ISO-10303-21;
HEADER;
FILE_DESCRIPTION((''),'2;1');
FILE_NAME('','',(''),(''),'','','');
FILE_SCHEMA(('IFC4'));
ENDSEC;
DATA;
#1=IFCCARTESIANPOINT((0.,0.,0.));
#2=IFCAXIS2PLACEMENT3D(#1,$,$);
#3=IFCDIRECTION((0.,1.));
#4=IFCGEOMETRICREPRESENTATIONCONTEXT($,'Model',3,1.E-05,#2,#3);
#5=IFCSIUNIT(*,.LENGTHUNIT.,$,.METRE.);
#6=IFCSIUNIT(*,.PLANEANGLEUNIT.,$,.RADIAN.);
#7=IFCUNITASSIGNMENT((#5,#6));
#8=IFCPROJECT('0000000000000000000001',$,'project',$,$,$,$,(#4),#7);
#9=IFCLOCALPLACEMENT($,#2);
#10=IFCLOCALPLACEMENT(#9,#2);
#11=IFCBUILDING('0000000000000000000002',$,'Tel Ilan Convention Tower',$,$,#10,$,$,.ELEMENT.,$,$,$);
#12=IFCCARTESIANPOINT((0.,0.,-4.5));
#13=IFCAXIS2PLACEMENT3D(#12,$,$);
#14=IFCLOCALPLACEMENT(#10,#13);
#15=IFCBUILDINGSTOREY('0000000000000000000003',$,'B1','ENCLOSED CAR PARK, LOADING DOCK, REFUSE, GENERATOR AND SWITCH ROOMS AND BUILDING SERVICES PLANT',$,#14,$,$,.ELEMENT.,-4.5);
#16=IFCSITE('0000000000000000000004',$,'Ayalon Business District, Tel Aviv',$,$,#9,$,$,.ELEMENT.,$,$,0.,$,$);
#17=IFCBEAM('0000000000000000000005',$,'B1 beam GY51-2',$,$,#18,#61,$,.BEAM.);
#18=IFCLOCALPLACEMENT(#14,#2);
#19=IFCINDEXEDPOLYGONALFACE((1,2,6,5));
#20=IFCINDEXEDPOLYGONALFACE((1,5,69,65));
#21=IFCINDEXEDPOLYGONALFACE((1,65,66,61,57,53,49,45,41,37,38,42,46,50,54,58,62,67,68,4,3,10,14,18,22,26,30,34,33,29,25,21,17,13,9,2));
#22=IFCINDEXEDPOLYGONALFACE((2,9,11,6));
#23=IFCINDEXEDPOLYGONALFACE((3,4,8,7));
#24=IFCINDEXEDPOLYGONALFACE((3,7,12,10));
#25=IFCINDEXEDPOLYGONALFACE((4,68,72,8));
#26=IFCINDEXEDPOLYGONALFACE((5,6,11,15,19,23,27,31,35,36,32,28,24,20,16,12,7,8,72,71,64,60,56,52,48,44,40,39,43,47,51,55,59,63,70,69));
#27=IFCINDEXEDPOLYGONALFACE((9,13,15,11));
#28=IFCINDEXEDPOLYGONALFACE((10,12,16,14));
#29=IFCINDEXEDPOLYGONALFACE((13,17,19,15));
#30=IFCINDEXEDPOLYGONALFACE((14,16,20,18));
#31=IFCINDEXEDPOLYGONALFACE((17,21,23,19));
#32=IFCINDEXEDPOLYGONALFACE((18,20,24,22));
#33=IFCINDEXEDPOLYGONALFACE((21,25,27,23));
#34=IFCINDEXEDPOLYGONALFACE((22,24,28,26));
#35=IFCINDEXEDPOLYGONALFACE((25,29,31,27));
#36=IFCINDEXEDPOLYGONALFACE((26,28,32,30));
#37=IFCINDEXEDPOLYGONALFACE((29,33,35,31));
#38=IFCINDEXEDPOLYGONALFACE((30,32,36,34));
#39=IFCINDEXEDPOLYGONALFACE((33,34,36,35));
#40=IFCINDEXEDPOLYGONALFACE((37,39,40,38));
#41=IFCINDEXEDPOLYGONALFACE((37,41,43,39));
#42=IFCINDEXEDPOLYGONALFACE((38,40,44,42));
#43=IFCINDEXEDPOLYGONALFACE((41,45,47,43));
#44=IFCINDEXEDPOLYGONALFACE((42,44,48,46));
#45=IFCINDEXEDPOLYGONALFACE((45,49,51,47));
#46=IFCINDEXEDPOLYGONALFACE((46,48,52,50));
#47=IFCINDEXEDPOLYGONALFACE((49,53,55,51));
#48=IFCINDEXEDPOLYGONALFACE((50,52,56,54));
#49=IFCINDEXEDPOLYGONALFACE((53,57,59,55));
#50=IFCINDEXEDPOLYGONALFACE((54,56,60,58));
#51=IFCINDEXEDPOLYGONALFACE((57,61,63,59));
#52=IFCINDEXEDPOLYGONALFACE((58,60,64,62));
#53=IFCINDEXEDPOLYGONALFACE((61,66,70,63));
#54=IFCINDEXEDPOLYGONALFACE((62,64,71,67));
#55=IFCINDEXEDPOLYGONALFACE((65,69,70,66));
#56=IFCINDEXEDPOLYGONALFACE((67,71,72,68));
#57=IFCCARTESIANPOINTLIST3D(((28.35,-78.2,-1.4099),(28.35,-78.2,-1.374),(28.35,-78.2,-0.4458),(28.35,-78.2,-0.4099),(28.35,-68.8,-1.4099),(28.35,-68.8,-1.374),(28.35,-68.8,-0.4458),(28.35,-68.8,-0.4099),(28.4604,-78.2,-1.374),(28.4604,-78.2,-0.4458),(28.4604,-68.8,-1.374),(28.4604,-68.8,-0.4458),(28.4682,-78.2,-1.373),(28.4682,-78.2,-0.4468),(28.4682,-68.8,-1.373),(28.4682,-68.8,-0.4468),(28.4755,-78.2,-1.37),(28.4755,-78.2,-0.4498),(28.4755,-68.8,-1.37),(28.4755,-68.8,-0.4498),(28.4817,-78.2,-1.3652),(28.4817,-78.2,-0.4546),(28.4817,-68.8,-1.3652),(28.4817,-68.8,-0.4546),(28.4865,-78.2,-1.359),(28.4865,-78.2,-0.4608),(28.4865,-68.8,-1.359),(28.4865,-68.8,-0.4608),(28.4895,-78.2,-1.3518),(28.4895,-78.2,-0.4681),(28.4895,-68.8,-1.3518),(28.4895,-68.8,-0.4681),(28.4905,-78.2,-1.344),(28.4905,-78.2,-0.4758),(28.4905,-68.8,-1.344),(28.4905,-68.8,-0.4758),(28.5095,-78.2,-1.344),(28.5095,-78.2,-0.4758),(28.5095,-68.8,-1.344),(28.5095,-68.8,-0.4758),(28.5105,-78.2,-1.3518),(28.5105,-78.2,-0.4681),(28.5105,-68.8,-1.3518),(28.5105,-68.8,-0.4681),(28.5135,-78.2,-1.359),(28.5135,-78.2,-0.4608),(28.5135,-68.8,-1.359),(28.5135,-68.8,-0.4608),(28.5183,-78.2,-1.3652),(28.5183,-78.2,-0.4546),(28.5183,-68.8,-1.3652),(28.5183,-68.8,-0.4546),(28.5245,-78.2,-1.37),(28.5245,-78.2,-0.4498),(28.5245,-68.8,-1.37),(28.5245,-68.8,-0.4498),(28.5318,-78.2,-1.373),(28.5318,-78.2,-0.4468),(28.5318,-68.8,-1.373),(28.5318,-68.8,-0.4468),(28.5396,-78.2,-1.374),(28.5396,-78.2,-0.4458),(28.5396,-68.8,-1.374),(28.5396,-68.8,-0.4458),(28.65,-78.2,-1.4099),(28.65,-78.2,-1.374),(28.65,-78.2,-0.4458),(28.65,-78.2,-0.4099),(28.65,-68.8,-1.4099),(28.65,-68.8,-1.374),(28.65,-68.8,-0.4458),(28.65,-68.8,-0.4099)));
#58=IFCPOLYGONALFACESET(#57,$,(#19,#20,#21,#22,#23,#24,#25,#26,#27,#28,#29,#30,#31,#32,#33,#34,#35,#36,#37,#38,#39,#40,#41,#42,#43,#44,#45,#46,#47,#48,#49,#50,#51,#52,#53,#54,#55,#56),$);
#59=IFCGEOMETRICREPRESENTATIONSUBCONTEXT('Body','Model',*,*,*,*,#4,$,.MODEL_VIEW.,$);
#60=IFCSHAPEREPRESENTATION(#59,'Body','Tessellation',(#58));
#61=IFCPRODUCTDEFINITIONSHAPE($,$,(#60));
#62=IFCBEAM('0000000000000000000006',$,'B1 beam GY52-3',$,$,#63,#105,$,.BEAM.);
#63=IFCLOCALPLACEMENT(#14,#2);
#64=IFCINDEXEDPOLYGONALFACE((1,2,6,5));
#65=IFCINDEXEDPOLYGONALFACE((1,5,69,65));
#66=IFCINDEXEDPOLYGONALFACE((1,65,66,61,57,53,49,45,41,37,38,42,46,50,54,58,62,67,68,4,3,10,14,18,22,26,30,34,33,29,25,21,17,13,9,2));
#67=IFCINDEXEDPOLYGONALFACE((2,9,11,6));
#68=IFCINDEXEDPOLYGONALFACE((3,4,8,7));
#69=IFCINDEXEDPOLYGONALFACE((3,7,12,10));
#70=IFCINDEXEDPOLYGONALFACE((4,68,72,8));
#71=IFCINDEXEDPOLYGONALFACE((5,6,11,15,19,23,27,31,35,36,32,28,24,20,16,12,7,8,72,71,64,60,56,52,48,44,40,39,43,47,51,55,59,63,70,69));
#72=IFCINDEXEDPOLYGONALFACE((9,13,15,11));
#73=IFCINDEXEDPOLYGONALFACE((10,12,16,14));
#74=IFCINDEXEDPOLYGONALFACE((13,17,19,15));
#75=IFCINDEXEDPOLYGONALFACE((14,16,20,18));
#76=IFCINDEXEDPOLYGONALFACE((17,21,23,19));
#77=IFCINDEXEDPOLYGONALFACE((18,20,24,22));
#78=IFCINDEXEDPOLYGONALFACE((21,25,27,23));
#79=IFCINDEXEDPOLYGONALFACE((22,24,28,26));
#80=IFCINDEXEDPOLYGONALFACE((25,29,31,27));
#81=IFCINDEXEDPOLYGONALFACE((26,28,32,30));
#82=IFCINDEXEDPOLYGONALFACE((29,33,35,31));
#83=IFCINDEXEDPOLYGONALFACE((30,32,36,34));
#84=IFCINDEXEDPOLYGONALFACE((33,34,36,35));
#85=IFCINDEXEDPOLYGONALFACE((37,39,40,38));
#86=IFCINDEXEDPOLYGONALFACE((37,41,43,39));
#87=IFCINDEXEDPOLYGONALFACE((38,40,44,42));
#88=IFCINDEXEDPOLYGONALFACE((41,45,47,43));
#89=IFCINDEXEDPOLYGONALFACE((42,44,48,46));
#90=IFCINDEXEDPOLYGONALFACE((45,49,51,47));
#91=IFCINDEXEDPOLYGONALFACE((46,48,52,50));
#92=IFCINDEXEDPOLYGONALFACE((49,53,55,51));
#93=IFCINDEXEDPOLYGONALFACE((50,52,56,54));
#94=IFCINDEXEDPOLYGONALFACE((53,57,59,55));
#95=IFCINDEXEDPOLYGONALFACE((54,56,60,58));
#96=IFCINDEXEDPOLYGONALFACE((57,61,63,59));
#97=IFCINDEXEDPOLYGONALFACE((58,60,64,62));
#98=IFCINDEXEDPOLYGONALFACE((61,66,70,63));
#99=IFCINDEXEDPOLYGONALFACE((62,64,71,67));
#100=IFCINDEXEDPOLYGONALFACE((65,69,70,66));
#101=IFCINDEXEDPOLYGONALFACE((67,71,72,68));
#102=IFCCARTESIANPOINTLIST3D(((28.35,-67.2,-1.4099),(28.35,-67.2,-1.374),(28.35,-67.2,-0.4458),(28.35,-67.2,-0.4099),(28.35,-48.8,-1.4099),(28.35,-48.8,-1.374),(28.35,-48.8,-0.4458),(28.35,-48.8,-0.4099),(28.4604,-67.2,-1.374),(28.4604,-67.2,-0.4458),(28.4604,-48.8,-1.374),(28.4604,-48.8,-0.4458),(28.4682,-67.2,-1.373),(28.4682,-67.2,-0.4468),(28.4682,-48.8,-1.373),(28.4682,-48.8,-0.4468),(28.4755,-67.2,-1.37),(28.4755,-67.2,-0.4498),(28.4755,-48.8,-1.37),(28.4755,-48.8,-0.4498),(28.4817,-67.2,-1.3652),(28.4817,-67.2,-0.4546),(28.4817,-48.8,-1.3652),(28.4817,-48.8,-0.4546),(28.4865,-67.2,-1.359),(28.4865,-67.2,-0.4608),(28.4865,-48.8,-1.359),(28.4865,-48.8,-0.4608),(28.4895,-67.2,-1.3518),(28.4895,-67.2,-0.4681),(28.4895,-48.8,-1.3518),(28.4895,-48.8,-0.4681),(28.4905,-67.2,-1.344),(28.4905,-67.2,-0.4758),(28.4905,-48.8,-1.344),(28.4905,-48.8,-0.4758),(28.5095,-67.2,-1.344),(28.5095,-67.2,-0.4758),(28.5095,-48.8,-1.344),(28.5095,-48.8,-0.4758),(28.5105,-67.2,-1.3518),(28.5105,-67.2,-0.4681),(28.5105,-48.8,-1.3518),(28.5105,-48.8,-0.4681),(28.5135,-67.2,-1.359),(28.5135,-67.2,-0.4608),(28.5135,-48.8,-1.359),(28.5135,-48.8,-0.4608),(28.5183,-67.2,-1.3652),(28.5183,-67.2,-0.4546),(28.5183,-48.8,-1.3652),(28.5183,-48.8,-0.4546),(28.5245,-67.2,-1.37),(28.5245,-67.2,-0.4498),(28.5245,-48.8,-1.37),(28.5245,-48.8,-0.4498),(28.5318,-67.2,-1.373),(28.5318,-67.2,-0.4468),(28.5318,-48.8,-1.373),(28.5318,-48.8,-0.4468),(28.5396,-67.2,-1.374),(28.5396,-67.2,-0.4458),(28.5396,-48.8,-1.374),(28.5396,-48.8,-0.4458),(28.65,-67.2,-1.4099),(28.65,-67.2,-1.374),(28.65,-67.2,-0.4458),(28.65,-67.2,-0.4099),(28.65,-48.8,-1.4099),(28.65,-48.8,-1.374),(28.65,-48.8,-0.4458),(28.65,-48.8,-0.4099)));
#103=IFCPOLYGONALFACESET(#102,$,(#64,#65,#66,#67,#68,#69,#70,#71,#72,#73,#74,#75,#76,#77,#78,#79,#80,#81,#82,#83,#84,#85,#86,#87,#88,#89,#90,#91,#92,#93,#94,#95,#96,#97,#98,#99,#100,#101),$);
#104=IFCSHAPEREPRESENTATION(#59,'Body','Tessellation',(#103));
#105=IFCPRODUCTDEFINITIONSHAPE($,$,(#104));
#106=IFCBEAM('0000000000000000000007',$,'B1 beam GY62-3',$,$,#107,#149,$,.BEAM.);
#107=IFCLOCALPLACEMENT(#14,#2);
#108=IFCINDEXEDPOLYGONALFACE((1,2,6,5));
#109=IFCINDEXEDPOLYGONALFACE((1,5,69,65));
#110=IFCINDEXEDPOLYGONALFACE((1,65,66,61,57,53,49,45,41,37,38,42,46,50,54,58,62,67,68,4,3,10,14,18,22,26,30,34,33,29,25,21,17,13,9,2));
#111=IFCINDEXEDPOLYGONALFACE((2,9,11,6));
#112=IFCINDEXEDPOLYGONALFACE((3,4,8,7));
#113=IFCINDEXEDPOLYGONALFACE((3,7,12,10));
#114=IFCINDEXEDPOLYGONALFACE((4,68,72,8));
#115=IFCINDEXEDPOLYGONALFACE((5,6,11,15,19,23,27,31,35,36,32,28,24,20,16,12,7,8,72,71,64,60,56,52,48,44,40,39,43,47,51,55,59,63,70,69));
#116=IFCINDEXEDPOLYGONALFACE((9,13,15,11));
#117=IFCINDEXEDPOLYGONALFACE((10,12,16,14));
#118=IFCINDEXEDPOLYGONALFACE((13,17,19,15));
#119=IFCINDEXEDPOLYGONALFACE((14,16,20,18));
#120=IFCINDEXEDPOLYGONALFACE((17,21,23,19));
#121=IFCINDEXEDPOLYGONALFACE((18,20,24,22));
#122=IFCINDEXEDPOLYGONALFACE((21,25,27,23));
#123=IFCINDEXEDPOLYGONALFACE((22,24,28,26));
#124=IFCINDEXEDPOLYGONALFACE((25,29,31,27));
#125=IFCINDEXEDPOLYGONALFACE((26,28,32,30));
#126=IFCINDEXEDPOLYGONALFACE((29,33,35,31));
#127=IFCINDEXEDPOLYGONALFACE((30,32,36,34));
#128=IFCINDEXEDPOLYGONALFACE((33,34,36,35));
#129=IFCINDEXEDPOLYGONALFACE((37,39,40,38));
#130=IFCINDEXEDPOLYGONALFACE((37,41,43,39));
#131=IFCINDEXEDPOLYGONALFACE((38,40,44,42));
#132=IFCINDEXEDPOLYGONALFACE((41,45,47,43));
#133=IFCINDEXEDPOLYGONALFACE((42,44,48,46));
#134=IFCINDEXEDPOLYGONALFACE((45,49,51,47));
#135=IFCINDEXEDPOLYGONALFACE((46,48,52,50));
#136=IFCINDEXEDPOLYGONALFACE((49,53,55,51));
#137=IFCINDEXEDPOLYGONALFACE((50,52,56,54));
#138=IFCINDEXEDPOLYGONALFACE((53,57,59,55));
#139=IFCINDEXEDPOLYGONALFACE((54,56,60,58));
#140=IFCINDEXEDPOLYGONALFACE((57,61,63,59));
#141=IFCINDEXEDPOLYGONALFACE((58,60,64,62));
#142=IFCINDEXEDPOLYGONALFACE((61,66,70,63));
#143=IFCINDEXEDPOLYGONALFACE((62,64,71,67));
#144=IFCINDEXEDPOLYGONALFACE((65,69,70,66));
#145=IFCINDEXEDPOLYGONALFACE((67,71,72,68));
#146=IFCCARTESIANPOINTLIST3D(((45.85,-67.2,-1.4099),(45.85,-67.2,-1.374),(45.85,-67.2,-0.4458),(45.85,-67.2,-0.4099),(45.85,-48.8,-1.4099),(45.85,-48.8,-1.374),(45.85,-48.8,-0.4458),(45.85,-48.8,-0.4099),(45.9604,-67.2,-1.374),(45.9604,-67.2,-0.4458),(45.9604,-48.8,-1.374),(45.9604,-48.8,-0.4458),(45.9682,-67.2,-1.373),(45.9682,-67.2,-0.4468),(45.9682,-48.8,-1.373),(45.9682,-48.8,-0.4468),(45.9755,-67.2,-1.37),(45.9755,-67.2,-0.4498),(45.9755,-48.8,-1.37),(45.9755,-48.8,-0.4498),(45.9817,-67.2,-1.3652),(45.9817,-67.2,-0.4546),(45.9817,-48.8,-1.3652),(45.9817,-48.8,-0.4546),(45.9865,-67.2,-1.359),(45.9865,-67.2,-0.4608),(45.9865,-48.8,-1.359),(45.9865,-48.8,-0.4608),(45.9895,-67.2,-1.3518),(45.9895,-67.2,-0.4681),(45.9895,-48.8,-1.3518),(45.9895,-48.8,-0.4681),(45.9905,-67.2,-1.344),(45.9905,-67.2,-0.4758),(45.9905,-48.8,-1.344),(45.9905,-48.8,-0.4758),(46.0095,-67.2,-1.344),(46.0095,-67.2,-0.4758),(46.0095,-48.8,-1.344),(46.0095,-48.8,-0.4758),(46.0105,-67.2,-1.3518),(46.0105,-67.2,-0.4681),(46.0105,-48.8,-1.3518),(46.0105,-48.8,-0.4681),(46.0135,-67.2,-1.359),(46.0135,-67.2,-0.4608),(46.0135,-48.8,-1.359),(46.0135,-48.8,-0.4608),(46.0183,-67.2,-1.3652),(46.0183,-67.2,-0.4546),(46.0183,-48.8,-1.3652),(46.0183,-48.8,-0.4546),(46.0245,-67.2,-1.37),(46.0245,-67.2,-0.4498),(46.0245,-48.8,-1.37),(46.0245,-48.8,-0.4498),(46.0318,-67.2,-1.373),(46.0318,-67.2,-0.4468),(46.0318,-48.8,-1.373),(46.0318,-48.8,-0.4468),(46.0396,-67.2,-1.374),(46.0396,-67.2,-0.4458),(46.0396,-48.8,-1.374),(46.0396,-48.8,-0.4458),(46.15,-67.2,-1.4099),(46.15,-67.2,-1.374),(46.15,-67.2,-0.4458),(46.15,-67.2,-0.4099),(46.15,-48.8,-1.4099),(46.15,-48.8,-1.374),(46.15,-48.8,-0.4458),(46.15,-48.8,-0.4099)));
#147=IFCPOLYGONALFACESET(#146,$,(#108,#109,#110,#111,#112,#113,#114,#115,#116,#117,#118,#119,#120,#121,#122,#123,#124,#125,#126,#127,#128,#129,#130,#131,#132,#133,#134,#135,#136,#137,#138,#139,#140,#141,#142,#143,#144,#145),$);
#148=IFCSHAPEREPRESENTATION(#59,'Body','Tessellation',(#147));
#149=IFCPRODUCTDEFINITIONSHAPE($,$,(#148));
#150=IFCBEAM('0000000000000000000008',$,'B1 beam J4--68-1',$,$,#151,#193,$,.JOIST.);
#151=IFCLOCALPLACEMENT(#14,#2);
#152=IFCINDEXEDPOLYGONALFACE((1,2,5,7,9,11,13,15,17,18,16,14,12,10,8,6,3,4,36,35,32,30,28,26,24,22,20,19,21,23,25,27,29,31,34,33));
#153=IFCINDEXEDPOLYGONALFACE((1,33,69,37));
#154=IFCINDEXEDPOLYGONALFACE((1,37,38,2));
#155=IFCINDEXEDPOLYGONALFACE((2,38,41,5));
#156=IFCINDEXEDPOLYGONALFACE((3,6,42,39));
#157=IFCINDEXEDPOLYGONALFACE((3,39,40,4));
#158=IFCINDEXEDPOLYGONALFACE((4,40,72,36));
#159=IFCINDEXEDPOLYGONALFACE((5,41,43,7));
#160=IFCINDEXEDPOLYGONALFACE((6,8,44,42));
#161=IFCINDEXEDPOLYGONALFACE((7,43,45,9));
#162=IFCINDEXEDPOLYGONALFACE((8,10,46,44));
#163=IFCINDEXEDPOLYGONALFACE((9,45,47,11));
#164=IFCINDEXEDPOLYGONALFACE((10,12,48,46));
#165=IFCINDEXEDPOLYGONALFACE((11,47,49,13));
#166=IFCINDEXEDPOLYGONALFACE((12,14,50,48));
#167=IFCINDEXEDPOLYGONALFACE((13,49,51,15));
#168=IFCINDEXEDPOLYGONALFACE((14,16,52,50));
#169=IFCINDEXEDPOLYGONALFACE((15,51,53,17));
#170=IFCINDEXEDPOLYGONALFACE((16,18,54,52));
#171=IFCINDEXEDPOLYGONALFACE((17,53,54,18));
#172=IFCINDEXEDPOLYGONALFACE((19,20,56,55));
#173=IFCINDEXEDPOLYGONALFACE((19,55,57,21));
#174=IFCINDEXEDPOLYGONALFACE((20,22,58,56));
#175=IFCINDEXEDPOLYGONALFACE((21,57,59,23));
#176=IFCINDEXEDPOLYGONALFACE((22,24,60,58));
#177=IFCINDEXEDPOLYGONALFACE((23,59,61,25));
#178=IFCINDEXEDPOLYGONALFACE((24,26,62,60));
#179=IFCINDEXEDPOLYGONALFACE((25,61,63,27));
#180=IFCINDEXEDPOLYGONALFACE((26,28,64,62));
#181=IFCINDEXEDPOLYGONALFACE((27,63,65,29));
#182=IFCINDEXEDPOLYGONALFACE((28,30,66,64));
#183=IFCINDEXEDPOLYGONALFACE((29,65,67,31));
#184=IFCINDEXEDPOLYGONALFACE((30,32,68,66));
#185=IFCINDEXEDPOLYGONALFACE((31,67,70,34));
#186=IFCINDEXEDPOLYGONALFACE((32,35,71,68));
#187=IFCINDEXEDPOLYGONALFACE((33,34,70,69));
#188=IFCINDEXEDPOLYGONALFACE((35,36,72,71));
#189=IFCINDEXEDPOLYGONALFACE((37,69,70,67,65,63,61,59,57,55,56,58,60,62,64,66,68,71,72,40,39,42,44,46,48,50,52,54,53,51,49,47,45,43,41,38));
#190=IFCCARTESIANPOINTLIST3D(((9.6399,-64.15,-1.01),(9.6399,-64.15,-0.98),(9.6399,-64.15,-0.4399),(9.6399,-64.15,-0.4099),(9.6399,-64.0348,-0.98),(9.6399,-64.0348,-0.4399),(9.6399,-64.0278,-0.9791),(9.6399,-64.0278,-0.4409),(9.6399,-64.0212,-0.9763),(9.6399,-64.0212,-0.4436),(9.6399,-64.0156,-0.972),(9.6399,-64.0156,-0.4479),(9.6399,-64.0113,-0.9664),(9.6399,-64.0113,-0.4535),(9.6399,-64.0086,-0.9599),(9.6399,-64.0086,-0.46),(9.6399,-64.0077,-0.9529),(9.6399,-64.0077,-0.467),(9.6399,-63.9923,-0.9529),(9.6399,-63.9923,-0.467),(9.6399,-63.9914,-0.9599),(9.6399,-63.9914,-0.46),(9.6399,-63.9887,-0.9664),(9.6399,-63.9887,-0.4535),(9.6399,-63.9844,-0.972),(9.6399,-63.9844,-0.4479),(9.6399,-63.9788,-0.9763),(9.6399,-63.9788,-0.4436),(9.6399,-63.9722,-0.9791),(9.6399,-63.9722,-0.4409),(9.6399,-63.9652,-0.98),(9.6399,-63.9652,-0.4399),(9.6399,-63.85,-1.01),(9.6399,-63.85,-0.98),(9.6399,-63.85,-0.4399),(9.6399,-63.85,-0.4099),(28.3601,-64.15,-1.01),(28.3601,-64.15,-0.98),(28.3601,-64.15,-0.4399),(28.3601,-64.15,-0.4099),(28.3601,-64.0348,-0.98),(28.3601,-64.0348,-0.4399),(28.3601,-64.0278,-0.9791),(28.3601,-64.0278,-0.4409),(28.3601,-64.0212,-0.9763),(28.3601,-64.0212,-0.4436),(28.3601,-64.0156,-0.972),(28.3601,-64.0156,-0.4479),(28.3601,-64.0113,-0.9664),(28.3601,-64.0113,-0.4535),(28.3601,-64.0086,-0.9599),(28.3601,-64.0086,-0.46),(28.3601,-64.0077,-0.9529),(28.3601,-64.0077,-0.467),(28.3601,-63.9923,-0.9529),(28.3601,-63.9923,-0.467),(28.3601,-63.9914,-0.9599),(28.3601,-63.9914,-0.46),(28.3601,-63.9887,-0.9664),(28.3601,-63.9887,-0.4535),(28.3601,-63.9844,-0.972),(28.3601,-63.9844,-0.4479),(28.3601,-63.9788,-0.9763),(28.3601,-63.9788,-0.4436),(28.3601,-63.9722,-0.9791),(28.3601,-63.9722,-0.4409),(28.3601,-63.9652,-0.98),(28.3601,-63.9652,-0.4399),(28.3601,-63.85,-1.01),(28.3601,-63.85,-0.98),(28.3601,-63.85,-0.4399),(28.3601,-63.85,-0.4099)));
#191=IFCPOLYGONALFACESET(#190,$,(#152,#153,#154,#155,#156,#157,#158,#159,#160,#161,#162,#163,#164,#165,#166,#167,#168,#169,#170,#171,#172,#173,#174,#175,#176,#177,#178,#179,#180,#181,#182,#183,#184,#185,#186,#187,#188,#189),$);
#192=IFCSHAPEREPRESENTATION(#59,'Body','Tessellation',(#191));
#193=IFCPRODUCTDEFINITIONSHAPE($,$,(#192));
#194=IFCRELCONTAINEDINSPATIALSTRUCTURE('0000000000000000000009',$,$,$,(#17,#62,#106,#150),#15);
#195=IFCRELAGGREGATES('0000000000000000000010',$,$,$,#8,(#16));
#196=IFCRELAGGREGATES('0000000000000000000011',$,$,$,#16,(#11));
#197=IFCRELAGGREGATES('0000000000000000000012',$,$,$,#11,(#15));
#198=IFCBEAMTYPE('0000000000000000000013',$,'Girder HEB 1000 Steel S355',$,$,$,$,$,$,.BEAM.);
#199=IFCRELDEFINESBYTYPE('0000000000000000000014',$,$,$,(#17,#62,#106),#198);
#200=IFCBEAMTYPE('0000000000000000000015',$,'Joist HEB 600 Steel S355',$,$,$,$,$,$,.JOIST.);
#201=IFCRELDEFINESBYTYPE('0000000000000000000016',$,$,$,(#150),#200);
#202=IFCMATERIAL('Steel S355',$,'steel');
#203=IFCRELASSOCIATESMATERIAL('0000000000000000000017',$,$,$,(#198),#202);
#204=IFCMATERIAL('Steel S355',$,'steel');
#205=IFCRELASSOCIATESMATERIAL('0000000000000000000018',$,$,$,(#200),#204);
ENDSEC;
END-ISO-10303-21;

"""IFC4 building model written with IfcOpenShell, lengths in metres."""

from ifc_helpers import new_model, si_unit, direction, frame, origin, origin_2d, place, context, subcontext, project, spatial, i_section, extrude, material, material_profile, profile_set, type_object, element, save


model = new_model("IFC4")

# Units and contexts
model_context = context("Model", 3, precision=1e-05, world=origin(), true_north=direction((0.0, 1.0)))
body_context = subcontext(model_context, "Body", "Model", "MODEL_VIEW")
ifc_project = project(units=[si_unit("LENGTHUNIT", "METRE"), si_unit("PLANEANGLEUNIT", "RADIAN")], contexts=[model_context])

# Site, building, storey
site_placement = place(None, origin())
site = spatial("IfcSite", under=ifc_project, at=site_placement, Name="Ayalon Business District, Tel Aviv", CompositionType="ELEMENT", RefElevation=0.0)
building_placement = place(site_placement, origin())
building = spatial("IfcBuilding", under=site, at=building_placement, Name="Tel Ilan Convention Tower", CompositionType="ELEMENT")
storey_placement = place(building_placement, frame((0.0, 0.0, -4.5)))
storey = spatial("IfcBuildingStorey", under=building, at=storey_placement, Name="B1", Description="ENCLOSED CAR PARK, LOADING DOCK, REFUSE, GENERATOR AND SWITCH ROOMS AND BUILDING SERVICES PLANT", CompositionType="ELEMENT", Elevation=-4.5)

# Beams
ifc_material_1 = material(Name="Steel S355", Category="steel")
ifc_material_profile_1 = material_profile(ifc_material_1, i_section(OverallWidth=0.3, OverallDepth=1.0, WebThickness=0.019, FlangeThickness=0.0359, FilletRadius=0.03, at=origin_2d()), Name="HEB 1000")
ifc_profile_set_1 = profile_set([ifc_material_profile_1], Name="Steel S355")
beam_type_1 = type_object("IfcBeamType", Name="Girder HEB 1000 Steel S355", PredefinedType="BEAM", material=ifc_profile_set_1)
beam_1_placement = place(storey_placement, frame((28.5, -78.2, -0.9099), z_axis=(0.0, 1.0, 0.0), x_axis=(-1.0, 0.0, 0.0)))
element("IfcBeam", 1, at=beam_1_placement, inside=storey, type_object=beam_type_1, Name="B1 beam GY51-2", PredefinedType="BEAM", context=body_context, shape_type="SweptSolid", body=[
    extrude(i_section(OverallWidth=0.3, OverallDepth=1.0, WebThickness=0.019, FlangeThickness=0.0359, FilletRadius=0.03, at=origin_2d()), origin(), (0.0, 0.0, 1.0), 9.3999),
])
for number, where, z_axis, x_axis, name in (
    (2, (28.5, -67.2, -0.9099), (0.0, 1.0, 0.0), (-1.0, 0.0, 0.0), "B1 beam GY52-3"),
    (3, (46.0, -67.2, -0.9099), (0.0, 1.0, 0.0), (-1.0, 0.0, 0.0), "B1 beam GY62-3"),
):
    element("IfcBeam", number, at=place(storey_placement, frame(where, z_axis=z_axis, x_axis=x_axis)), inside=storey, type_object=beam_type_1, Name=name, PredefinedType="BEAM", context=body_context, shape_type="SweptSolid", body=[
        extrude(i_section(OverallWidth=0.3, OverallDepth=1.0, WebThickness=0.019, FlangeThickness=0.0359, FilletRadius=0.03, at=origin_2d()), origin(), (0.0, 0.0, 1.0), 18.3999),
    ])
ifc_material_2 = material(Name="Steel S355", Category="steel")
ifc_material_profile_2 = material_profile(ifc_material_2, i_section(OverallWidth=0.3, OverallDepth=0.6001, WebThickness=0.0154, FlangeThickness=0.03, FilletRadius=0.0271, at=origin_2d()), Name="HEB 600")
ifc_profile_set_2 = profile_set([ifc_material_profile_2], Name="Steel S355")
beam_type_2 = type_object("IfcBeamType", Name="Joist HEB 600 Steel S355", PredefinedType="JOIST", material=ifc_profile_set_2)
beam_2_placement = place(storey_placement, frame((9.6399, -64.0, -0.71), z_axis=(1.0, 0.0, 0.0), x_axis=(0.0, 1.0, 0.0)))
element("IfcBeam", 4, at=beam_2_placement, inside=storey, type_object=beam_type_2, Name="B1 beam J4--68-1", PredefinedType="JOIST", context=body_context, shape_type="SweptSolid", body=[
    extrude(i_section(OverallWidth=0.3, OverallDepth=0.6001, WebThickness=0.0154, FlangeThickness=0.03, FilletRadius=0.0271, at=origin_2d()), origin(), (0.0, 0.0, 1.0), 18.7202),
])

save(model, "model.ifc")
